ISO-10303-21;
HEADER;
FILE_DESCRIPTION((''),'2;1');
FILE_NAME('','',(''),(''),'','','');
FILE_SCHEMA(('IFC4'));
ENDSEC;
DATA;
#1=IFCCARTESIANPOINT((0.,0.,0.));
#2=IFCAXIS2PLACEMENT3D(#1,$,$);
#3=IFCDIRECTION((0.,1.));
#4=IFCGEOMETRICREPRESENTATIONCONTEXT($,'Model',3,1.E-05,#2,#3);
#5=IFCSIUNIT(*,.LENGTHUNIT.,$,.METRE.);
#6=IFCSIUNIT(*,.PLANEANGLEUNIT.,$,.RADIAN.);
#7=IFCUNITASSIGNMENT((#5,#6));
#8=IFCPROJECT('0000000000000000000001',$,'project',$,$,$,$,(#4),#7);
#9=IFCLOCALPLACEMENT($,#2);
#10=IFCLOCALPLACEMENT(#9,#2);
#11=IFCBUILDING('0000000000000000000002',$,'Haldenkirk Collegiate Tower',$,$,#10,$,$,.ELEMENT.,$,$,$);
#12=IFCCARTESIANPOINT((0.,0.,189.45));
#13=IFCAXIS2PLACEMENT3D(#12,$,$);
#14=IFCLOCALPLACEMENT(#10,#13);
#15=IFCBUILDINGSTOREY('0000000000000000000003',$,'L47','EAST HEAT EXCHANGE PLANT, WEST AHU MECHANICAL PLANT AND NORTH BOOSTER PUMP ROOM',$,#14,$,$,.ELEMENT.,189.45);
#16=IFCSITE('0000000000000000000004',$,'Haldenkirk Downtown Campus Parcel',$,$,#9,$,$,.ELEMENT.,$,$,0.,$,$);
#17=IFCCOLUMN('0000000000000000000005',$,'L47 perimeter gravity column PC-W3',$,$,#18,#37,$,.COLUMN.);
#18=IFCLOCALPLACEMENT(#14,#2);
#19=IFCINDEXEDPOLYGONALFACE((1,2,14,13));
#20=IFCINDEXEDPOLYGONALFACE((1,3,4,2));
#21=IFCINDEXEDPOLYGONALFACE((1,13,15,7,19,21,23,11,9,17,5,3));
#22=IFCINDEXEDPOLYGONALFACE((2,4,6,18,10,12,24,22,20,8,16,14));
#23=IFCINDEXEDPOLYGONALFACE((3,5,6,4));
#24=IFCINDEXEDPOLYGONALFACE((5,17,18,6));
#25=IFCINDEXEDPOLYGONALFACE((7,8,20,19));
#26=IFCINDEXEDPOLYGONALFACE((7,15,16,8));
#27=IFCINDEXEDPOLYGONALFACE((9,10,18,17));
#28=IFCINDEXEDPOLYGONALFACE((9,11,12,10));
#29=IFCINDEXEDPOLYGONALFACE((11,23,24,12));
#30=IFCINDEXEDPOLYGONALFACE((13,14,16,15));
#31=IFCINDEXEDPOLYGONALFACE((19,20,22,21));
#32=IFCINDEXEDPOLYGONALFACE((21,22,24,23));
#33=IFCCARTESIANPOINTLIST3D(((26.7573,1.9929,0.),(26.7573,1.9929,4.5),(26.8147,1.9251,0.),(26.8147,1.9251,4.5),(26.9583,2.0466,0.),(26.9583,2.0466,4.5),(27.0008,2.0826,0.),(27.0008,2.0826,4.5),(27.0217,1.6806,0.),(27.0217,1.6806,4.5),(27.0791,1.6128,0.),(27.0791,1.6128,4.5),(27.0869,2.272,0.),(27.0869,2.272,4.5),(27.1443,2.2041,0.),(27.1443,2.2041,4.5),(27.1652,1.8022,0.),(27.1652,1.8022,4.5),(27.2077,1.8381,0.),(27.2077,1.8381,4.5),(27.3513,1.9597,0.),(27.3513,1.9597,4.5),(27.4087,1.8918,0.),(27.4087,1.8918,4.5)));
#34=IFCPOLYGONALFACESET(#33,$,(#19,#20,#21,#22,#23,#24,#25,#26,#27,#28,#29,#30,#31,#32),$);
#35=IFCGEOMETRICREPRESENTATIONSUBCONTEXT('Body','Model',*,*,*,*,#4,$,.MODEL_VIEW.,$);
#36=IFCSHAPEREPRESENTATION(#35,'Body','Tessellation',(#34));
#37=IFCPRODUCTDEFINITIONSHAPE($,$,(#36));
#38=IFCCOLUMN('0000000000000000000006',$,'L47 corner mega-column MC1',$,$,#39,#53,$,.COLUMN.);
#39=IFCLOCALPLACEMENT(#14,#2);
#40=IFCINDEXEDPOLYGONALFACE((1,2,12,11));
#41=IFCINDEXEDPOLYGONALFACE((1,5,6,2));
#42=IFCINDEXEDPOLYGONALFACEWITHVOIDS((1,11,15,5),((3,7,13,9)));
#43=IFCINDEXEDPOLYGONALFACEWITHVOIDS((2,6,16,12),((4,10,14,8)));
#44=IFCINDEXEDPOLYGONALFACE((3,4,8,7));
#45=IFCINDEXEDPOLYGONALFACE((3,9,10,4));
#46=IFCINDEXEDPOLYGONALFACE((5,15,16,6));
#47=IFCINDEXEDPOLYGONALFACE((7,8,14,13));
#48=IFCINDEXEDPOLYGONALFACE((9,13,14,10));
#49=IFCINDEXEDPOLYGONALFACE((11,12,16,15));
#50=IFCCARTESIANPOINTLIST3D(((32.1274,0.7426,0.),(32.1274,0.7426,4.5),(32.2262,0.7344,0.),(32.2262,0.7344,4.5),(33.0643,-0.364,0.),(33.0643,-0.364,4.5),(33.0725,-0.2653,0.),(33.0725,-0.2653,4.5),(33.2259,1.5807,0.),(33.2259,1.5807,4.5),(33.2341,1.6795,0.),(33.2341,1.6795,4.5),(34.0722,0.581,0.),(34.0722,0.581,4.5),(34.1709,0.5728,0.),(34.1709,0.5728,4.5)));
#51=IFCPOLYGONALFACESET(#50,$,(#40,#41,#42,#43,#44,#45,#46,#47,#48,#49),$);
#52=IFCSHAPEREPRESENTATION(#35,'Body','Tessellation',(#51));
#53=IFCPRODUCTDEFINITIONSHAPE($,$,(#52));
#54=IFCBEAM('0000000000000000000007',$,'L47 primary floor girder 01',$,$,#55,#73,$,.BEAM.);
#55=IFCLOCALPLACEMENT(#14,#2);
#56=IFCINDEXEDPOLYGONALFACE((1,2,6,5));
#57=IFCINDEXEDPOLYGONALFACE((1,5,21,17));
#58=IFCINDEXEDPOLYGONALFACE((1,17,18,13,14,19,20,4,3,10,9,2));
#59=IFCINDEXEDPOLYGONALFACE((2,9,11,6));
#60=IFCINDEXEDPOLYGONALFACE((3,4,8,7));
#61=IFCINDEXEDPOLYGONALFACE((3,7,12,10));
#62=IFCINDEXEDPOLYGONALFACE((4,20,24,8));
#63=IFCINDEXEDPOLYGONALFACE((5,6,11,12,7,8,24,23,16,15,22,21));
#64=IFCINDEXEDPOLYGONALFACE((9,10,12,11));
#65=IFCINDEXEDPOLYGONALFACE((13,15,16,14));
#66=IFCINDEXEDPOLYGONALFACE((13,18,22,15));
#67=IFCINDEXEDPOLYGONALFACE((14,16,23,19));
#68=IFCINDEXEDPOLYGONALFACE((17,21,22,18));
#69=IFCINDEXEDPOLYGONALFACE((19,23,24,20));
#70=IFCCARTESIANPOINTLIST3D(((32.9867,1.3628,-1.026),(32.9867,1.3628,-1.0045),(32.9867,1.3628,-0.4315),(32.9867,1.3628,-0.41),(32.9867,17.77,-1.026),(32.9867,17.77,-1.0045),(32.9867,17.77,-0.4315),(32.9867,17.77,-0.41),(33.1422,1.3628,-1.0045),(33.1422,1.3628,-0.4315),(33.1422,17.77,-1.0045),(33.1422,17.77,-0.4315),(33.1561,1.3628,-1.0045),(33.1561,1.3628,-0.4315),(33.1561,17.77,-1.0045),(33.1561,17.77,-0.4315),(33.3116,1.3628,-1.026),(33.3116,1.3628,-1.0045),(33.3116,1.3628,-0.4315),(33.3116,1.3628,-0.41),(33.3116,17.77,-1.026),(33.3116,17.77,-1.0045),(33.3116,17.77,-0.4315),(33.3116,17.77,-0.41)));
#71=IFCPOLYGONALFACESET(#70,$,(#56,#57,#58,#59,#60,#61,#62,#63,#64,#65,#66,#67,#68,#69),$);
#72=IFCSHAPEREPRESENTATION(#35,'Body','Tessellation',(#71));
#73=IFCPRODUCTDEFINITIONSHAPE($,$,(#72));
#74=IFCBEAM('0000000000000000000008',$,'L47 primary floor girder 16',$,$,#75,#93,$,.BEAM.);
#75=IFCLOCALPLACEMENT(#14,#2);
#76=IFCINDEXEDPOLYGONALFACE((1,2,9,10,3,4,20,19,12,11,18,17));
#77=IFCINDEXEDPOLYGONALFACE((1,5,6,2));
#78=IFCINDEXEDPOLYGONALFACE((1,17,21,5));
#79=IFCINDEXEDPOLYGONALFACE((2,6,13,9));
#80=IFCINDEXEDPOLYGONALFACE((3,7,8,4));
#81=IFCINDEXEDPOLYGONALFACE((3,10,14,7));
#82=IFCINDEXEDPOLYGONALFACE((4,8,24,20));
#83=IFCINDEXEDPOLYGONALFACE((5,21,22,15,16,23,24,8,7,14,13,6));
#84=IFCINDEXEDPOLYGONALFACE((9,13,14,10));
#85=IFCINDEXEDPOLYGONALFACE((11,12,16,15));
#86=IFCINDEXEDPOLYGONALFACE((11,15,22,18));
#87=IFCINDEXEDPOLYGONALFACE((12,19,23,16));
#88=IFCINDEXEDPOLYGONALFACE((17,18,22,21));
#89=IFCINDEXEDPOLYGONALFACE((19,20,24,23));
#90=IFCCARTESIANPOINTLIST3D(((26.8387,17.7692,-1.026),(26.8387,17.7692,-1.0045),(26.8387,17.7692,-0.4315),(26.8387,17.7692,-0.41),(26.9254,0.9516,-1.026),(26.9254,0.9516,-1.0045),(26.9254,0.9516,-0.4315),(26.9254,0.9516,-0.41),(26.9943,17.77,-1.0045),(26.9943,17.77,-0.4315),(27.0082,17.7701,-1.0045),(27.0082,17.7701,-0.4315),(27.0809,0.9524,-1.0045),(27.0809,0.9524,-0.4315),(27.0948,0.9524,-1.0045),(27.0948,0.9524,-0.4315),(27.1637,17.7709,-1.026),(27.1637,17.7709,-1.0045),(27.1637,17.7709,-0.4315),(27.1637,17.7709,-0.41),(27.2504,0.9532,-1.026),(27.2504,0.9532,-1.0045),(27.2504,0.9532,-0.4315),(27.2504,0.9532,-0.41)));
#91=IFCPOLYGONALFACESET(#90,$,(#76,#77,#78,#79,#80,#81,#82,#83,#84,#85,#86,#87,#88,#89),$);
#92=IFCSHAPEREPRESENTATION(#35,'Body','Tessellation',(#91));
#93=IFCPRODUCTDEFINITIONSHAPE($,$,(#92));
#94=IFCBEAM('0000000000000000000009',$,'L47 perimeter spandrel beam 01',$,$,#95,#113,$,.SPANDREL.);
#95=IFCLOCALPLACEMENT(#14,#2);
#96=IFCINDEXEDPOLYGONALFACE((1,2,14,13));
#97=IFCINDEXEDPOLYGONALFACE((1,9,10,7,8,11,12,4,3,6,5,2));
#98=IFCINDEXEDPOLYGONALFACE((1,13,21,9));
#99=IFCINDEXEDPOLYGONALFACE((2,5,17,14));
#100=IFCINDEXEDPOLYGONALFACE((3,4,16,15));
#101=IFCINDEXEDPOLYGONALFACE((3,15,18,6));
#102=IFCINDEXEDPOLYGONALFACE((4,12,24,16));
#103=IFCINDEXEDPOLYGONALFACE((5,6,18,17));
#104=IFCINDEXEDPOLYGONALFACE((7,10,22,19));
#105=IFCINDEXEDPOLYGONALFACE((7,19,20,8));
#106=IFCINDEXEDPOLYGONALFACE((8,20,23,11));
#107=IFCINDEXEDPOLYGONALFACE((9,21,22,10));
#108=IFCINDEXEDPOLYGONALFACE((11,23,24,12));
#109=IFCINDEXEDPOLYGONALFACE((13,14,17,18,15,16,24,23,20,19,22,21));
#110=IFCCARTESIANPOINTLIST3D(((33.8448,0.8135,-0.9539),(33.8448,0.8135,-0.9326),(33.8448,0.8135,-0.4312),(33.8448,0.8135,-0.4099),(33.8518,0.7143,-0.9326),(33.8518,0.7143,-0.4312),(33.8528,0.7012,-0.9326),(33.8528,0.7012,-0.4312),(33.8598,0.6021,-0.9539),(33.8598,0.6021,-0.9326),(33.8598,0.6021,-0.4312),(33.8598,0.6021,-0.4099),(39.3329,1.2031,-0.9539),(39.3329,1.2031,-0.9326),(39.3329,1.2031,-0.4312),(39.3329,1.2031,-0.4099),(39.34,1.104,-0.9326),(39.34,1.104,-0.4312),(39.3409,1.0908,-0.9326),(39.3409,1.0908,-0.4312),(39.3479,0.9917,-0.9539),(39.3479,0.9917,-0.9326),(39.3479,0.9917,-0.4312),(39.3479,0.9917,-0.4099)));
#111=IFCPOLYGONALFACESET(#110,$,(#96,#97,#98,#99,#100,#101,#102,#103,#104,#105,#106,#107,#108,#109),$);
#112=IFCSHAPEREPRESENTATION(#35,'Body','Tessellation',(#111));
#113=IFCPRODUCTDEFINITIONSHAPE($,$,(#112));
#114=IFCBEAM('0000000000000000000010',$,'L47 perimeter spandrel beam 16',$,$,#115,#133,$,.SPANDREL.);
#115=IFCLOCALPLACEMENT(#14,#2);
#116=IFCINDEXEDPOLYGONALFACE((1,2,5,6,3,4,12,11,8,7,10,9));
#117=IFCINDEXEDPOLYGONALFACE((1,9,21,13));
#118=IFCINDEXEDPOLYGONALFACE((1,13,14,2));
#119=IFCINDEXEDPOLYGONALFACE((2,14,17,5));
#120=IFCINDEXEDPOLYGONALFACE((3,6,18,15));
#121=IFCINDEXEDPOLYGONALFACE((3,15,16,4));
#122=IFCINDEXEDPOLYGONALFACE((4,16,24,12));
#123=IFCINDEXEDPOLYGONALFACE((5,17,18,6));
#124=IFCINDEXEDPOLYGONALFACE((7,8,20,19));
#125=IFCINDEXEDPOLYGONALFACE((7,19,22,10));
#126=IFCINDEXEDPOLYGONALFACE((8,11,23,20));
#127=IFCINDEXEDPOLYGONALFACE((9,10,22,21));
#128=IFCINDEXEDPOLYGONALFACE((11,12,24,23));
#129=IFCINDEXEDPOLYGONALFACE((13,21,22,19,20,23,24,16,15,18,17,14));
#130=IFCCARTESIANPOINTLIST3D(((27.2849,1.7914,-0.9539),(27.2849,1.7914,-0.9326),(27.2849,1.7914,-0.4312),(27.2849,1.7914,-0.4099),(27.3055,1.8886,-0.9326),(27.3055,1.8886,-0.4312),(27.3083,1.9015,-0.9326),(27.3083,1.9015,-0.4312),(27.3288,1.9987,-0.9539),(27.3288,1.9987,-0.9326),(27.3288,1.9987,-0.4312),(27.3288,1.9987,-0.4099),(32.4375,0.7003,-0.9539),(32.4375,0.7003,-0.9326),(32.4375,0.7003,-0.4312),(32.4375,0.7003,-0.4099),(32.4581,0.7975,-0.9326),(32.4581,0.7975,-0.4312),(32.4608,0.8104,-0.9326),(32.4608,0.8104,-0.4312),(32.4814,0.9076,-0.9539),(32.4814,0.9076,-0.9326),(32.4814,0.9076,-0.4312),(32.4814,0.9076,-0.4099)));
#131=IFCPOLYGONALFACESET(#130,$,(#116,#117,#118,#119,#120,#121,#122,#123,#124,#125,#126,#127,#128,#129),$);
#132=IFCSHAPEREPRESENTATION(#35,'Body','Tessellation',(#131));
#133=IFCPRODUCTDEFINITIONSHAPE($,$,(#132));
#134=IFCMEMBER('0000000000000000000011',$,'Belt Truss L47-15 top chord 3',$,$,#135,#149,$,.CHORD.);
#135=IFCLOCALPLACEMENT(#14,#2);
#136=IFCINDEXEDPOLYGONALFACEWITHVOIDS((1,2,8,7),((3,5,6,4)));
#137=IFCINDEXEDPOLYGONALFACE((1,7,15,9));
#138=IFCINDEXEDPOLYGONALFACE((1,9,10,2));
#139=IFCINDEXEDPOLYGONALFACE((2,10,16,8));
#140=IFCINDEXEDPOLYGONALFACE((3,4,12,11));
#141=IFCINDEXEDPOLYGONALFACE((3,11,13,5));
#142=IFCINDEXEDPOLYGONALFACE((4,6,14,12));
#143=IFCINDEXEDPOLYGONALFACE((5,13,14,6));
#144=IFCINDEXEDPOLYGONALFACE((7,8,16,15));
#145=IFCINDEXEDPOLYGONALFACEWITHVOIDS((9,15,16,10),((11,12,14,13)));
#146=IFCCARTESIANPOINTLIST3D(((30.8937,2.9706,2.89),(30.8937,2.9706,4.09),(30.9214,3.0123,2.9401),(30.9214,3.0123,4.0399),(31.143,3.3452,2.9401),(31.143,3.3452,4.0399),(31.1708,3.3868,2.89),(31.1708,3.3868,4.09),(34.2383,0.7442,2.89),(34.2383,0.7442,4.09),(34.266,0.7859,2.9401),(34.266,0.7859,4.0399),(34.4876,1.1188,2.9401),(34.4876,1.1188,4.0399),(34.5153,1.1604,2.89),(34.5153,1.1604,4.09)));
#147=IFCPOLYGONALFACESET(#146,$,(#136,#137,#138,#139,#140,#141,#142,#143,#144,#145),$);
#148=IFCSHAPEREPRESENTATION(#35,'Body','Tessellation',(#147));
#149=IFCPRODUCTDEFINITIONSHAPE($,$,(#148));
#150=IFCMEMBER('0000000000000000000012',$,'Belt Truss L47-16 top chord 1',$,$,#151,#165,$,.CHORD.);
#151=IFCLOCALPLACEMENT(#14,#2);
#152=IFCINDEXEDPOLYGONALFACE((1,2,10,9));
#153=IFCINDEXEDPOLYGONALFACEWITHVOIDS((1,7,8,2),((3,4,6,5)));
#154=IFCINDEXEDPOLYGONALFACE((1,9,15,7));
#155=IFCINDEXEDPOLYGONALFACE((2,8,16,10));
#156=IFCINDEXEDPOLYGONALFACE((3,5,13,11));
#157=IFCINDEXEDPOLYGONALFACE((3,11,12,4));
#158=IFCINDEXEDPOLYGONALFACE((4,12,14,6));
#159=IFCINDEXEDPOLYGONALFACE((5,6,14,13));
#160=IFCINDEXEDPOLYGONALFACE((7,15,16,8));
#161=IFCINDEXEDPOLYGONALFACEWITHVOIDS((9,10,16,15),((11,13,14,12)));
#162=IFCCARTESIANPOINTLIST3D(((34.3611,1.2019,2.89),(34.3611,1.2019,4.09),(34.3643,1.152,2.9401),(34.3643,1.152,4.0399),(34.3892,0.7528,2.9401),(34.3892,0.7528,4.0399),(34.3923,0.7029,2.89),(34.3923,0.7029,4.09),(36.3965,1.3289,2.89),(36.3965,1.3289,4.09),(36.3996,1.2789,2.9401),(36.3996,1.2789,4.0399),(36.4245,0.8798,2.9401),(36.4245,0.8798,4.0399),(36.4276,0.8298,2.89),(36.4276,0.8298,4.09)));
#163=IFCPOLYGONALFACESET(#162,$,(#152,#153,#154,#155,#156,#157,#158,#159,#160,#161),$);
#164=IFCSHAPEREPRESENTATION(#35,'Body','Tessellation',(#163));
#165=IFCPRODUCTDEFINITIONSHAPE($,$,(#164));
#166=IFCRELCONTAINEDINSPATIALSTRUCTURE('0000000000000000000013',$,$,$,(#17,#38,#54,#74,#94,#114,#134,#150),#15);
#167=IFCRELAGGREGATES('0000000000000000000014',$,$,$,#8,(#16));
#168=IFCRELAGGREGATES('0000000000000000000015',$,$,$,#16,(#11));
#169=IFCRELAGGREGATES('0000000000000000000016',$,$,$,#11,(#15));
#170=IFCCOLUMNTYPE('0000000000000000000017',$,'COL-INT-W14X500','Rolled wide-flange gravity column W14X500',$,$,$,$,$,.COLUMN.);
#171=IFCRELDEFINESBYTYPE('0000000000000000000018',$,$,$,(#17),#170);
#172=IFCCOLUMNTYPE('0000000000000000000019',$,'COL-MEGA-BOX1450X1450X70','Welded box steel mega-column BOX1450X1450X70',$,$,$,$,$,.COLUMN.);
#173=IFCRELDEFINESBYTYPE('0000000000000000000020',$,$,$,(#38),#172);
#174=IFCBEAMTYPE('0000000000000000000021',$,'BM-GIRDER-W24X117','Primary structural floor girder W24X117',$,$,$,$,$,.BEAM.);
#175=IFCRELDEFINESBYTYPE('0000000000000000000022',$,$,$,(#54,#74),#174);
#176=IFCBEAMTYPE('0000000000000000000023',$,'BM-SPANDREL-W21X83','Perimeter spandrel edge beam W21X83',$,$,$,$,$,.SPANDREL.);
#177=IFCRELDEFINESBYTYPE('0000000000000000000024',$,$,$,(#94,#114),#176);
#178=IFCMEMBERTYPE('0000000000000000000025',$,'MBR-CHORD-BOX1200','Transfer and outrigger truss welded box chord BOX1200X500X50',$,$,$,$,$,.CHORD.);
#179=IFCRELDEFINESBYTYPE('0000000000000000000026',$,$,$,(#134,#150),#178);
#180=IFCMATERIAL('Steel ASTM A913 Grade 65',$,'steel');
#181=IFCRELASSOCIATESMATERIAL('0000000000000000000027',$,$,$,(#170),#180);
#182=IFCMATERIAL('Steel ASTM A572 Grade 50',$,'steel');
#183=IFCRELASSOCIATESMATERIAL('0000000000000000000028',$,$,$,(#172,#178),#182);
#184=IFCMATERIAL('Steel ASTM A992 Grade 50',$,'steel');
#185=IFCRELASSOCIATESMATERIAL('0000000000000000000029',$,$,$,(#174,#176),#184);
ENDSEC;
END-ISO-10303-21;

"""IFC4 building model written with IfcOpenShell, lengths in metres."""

from ifc_helpers import new_model, si_unit, direction, frame, origin, origin_2d, place, context, subcontext, project, spatial, hollow_rectangle, i_section, extrude, material, material_profile, profile_set, type_object, element, save


model = new_model("IFC4")

# Units and contexts
model_context = context("Model", 3, precision=1e-05, world=origin(), true_north=direction((0.0, 1.0)))
body_context = subcontext(model_context, "Body", "Model", "MODEL_VIEW")
ifc_project = project(units=[si_unit("LENGTHUNIT", "METRE"), si_unit("PLANEANGLEUNIT", "RADIAN")], contexts=[model_context])

# Site, building, storey
site_placement = place(None, origin())
site = spatial("IfcSite", under=ifc_project, at=site_placement, Name="Haldenkirk Downtown Campus Parcel", CompositionType="ELEMENT", RefElevation=0.0)
building_placement = place(site_placement, origin())
building = spatial("IfcBuilding", under=site, at=building_placement, Name="Haldenkirk Collegiate Tower", CompositionType="ELEMENT")
storey_placement = place(building_placement, frame((0.0, 0.0, 189.45)))
storey = spatial("IfcBuildingStorey", under=building, at=storey_placement, Name="L47", Description="EAST HEAT EXCHANGE PLANT, WEST AHU MECHANICAL PLANT AND NORTH BOOSTER PUMP ROOM", CompositionType="ELEMENT", Elevation=189.45)

# Columns
ifc_material_1 = material(Name="Steel ASTM A913 Grade 65", Category="steel")
ifc_material_profile_1 = material_profile(ifc_material_1, i_section(OverallWidth=0.4319, OverallDepth=0.498, WebThickness=0.0557, FlangeThickness=0.0889, at=origin_2d()), Name="W14X500")
ifc_profile_set_1 = profile_set([ifc_material_profile_1], Name="Steel ASTM A913 Grade 65")
column_type_1 = type_object("IfcColumnType", Name="COL-INT-W14X500", Description="Rolled wide-flange gravity column W14X500", PredefinedType="COLUMN", material=ifc_profile_set_1)
column_1_placement = place(storey_placement, frame((27.083, 1.9424, 0.0), z_axis=(0.0, 0.0, 1.0), x_axis=(0.763232, 0.646124, 0.0)))
element("IfcColumn", 1, at=column_1_placement, inside=storey, type_object=column_type_1, Name="L47 perimeter gravity column PC-W3", PredefinedType="COLUMN", context=body_context, shape_type="SweptSolid", body=[
    extrude(i_section(OverallWidth=0.4319, OverallDepth=0.498, WebThickness=0.0557, FlangeThickness=0.0889, at=origin_2d()), origin(), (0.0, 0.0, 1.0), 4.5),
])
ifc_material_2 = material(Name="Steel ASTM A572 Grade 50", Category="steel")
ifc_material_profile_2 = material_profile(ifc_material_2, hollow_rectangle(XDim=1.45, YDim=1.45, WallThickness=0.0701, at=origin_2d()), Name="BOX1450X1450X70")
ifc_profile_set_2 = profile_set([ifc_material_profile_2], Name="Steel ASTM A572 Grade 50")
column_type_2 = type_object("IfcColumnType", Name="COL-MEGA-BOX1450X1450X70", Description="Welded box steel mega-column BOX1450X1450X70", PredefinedType="COLUMN", material=ifc_profile_set_2)
column_2_placement = place(storey_placement, frame((33.1492, 0.6577, 0.0), z_axis=(0.0, 0.0, 1.0), x_axis=(0.763232, 0.646124, 0.0)))
element("IfcColumn", 2, at=column_2_placement, inside=storey, type_object=column_type_2, Name="L47 corner mega-column MC1", PredefinedType="COLUMN", context=body_context, shape_type="SweptSolid", body=[
    extrude(hollow_rectangle(XDim=1.45, YDim=1.45, WallThickness=0.0701, at=origin_2d()), origin(), (0.0, 0.0, 1.0), 4.5),
])

# Beams
ifc_material_3 = material(Name="Steel ASTM A992 Grade 50", Category="steel")
ifc_material_profile_3 = material_profile(ifc_material_3, i_section(OverallWidth=0.325, OverallDepth=0.616, WebThickness=0.0139, FlangeThickness=0.0215, at=origin_2d()), Name="W24X117")
ifc_profile_set_3 = profile_set([ifc_material_profile_3], Name="Steel ASTM A992 Grade 50")
beam_type_1 = type_object("IfcBeamType", Name="BM-GIRDER-W24X117", Description="Primary structural floor girder W24X117", PredefinedType="BEAM", material=ifc_profile_set_3)
beam_1_placement = place(storey_placement, frame((33.1492, 1.3628, -0.718), z_axis=(0.0, 1.0, 0.0), x_axis=(-1.0, 0.0, 0.0)))
element("IfcBeam", 3, at=beam_1_placement, inside=storey, type_object=beam_type_1, Name="L47 primary floor girder 01", PredefinedType="BEAM", context=body_context, shape_type="SweptSolid", body=[
    extrude(i_section(OverallWidth=0.325, OverallDepth=0.616, WebThickness=0.0139, FlangeThickness=0.0215, at=origin_2d()), origin(), (0.0, 0.0, 1.0), 16.4072),
])
beam_2_placement = place(storey_placement, frame((27.0879, 0.9524, -0.718), z_axis=(-0.005153, 0.999987, 0.0), x_axis=(-0.999987, -0.005153, 0.0)))
element("IfcBeam", 4, at=beam_2_placement, inside=storey, type_object=beam_type_1, Name="L47 primary floor girder 16", PredefinedType="BEAM", context=body_context, shape_type="SweptSolid", body=[
    extrude(i_section(OverallWidth=0.325, OverallDepth=0.616, WebThickness=0.0139, FlangeThickness=0.0215, at=origin_2d()), origin(), (0.0, 0.0, 1.0), 16.8179),
])
ifc_material_profile_4 = material_profile(ifc_material_3, i_section(OverallWidth=0.2119, OverallDepth=0.5439, WebThickness=0.0132, FlangeThickness=0.0212, at=origin_2d()), Name="W21X83")
ifc_profile_set_4 = profile_set([ifc_material_profile_4], Name="Steel ASTM A992 Grade 50")
beam_type_2 = type_object("IfcBeamType", Name="BM-SPANDREL-W21X83", Description="Perimeter spandrel edge beam W21X83", PredefinedType="SPANDREL", material=ifc_profile_set_4)
beam_3_placement = place(storey_placement, frame((33.8523, 0.7078, -0.6819), z_axis=(0.997489, 0.070821, 0.0), x_axis=(-0.070821, 0.997489, 0.0)))
element("IfcBeam", 5, at=beam_3_placement, inside=storey, type_object=beam_type_2, Name="L47 perimeter spandrel beam 01", PredefinedType="SPANDREL", context=body_context, shape_type="SweptSolid", body=[
    extrude(i_section(OverallWidth=0.2119, OverallDepth=0.5439, WebThickness=0.0132, FlangeThickness=0.0212, at=origin_2d()), origin(), (0.0, 0.0, 1.0), 5.502),
])
beam_4_placement = place(storey_placement, frame((27.3069, 1.895, -0.6819), z_axis=(0.978308, -0.207157, 0.0), x_axis=(0.207157, 0.978308, 0.0)))
element("IfcBeam", 6, at=beam_4_placement, inside=storey, type_object=beam_type_2, Name="L47 perimeter spandrel beam 16", PredefinedType="SPANDREL", context=body_context, shape_type="SweptSolid", body=[
    extrude(i_section(OverallWidth=0.2119, OverallDepth=0.5439, WebThickness=0.0132, FlangeThickness=0.0212, at=origin_2d()), origin(), (0.0, 0.0, 1.0), 5.2668),
])

# Members
ifc_material_profile_5 = material_profile(ifc_material_2, hollow_rectangle(XDim=0.5, YDim=1.2, WallThickness=0.05, at=origin_2d()), Name="BOX1200X500X50")
ifc_profile_set_5 = profile_set([ifc_material_profile_5], Name="Steel ASTM A572 Grade 50")
member_type_1 = type_object("IfcMemberType", Name="MBR-CHORD-BOX1200", Description="Transfer and outrigger truss welded box chord BOX1200X500X50", PredefinedType="CHORD", material=ifc_profile_set_5)
member_1_placement = place(storey_placement, frame((31.0322, 3.1787, 3.49), z_axis=(0.832433, -0.554125, 0.0), x_axis=(0.554125, 0.832433, 0.0)))
element("IfcMember", 7, at=member_1_placement, inside=storey, type_object=member_type_1, Name="Belt Truss L47-15 top chord 3", PredefinedType="CHORD", context=body_context, shape_type="SweptSolid", body=[
    extrude(hollow_rectangle(XDim=0.5, YDim=1.2, WallThickness=0.05, at=origin_2d()), origin(), (0.0, 0.0, 1.0), 4.0178),
])
member_2_placement = place(storey_placement, frame((34.3767, 0.9524, 3.49), z_axis=(0.99806, 0.062252, 0.0), x_axis=(-0.062252, 0.99806, 0.0)))
element("IfcMember", 8, at=member_2_placement, inside=storey, type_object=member_type_1, Name="Belt Truss L47-16 top chord 1", PredefinedType="CHORD", context=body_context, shape_type="SweptSolid", body=[
    extrude(hollow_rectangle(XDim=0.5, YDim=1.2, WallThickness=0.05, at=origin_2d()), origin(), (0.0, 0.0, 1.0), 2.0393),
])

save(model, "model.ifc")
